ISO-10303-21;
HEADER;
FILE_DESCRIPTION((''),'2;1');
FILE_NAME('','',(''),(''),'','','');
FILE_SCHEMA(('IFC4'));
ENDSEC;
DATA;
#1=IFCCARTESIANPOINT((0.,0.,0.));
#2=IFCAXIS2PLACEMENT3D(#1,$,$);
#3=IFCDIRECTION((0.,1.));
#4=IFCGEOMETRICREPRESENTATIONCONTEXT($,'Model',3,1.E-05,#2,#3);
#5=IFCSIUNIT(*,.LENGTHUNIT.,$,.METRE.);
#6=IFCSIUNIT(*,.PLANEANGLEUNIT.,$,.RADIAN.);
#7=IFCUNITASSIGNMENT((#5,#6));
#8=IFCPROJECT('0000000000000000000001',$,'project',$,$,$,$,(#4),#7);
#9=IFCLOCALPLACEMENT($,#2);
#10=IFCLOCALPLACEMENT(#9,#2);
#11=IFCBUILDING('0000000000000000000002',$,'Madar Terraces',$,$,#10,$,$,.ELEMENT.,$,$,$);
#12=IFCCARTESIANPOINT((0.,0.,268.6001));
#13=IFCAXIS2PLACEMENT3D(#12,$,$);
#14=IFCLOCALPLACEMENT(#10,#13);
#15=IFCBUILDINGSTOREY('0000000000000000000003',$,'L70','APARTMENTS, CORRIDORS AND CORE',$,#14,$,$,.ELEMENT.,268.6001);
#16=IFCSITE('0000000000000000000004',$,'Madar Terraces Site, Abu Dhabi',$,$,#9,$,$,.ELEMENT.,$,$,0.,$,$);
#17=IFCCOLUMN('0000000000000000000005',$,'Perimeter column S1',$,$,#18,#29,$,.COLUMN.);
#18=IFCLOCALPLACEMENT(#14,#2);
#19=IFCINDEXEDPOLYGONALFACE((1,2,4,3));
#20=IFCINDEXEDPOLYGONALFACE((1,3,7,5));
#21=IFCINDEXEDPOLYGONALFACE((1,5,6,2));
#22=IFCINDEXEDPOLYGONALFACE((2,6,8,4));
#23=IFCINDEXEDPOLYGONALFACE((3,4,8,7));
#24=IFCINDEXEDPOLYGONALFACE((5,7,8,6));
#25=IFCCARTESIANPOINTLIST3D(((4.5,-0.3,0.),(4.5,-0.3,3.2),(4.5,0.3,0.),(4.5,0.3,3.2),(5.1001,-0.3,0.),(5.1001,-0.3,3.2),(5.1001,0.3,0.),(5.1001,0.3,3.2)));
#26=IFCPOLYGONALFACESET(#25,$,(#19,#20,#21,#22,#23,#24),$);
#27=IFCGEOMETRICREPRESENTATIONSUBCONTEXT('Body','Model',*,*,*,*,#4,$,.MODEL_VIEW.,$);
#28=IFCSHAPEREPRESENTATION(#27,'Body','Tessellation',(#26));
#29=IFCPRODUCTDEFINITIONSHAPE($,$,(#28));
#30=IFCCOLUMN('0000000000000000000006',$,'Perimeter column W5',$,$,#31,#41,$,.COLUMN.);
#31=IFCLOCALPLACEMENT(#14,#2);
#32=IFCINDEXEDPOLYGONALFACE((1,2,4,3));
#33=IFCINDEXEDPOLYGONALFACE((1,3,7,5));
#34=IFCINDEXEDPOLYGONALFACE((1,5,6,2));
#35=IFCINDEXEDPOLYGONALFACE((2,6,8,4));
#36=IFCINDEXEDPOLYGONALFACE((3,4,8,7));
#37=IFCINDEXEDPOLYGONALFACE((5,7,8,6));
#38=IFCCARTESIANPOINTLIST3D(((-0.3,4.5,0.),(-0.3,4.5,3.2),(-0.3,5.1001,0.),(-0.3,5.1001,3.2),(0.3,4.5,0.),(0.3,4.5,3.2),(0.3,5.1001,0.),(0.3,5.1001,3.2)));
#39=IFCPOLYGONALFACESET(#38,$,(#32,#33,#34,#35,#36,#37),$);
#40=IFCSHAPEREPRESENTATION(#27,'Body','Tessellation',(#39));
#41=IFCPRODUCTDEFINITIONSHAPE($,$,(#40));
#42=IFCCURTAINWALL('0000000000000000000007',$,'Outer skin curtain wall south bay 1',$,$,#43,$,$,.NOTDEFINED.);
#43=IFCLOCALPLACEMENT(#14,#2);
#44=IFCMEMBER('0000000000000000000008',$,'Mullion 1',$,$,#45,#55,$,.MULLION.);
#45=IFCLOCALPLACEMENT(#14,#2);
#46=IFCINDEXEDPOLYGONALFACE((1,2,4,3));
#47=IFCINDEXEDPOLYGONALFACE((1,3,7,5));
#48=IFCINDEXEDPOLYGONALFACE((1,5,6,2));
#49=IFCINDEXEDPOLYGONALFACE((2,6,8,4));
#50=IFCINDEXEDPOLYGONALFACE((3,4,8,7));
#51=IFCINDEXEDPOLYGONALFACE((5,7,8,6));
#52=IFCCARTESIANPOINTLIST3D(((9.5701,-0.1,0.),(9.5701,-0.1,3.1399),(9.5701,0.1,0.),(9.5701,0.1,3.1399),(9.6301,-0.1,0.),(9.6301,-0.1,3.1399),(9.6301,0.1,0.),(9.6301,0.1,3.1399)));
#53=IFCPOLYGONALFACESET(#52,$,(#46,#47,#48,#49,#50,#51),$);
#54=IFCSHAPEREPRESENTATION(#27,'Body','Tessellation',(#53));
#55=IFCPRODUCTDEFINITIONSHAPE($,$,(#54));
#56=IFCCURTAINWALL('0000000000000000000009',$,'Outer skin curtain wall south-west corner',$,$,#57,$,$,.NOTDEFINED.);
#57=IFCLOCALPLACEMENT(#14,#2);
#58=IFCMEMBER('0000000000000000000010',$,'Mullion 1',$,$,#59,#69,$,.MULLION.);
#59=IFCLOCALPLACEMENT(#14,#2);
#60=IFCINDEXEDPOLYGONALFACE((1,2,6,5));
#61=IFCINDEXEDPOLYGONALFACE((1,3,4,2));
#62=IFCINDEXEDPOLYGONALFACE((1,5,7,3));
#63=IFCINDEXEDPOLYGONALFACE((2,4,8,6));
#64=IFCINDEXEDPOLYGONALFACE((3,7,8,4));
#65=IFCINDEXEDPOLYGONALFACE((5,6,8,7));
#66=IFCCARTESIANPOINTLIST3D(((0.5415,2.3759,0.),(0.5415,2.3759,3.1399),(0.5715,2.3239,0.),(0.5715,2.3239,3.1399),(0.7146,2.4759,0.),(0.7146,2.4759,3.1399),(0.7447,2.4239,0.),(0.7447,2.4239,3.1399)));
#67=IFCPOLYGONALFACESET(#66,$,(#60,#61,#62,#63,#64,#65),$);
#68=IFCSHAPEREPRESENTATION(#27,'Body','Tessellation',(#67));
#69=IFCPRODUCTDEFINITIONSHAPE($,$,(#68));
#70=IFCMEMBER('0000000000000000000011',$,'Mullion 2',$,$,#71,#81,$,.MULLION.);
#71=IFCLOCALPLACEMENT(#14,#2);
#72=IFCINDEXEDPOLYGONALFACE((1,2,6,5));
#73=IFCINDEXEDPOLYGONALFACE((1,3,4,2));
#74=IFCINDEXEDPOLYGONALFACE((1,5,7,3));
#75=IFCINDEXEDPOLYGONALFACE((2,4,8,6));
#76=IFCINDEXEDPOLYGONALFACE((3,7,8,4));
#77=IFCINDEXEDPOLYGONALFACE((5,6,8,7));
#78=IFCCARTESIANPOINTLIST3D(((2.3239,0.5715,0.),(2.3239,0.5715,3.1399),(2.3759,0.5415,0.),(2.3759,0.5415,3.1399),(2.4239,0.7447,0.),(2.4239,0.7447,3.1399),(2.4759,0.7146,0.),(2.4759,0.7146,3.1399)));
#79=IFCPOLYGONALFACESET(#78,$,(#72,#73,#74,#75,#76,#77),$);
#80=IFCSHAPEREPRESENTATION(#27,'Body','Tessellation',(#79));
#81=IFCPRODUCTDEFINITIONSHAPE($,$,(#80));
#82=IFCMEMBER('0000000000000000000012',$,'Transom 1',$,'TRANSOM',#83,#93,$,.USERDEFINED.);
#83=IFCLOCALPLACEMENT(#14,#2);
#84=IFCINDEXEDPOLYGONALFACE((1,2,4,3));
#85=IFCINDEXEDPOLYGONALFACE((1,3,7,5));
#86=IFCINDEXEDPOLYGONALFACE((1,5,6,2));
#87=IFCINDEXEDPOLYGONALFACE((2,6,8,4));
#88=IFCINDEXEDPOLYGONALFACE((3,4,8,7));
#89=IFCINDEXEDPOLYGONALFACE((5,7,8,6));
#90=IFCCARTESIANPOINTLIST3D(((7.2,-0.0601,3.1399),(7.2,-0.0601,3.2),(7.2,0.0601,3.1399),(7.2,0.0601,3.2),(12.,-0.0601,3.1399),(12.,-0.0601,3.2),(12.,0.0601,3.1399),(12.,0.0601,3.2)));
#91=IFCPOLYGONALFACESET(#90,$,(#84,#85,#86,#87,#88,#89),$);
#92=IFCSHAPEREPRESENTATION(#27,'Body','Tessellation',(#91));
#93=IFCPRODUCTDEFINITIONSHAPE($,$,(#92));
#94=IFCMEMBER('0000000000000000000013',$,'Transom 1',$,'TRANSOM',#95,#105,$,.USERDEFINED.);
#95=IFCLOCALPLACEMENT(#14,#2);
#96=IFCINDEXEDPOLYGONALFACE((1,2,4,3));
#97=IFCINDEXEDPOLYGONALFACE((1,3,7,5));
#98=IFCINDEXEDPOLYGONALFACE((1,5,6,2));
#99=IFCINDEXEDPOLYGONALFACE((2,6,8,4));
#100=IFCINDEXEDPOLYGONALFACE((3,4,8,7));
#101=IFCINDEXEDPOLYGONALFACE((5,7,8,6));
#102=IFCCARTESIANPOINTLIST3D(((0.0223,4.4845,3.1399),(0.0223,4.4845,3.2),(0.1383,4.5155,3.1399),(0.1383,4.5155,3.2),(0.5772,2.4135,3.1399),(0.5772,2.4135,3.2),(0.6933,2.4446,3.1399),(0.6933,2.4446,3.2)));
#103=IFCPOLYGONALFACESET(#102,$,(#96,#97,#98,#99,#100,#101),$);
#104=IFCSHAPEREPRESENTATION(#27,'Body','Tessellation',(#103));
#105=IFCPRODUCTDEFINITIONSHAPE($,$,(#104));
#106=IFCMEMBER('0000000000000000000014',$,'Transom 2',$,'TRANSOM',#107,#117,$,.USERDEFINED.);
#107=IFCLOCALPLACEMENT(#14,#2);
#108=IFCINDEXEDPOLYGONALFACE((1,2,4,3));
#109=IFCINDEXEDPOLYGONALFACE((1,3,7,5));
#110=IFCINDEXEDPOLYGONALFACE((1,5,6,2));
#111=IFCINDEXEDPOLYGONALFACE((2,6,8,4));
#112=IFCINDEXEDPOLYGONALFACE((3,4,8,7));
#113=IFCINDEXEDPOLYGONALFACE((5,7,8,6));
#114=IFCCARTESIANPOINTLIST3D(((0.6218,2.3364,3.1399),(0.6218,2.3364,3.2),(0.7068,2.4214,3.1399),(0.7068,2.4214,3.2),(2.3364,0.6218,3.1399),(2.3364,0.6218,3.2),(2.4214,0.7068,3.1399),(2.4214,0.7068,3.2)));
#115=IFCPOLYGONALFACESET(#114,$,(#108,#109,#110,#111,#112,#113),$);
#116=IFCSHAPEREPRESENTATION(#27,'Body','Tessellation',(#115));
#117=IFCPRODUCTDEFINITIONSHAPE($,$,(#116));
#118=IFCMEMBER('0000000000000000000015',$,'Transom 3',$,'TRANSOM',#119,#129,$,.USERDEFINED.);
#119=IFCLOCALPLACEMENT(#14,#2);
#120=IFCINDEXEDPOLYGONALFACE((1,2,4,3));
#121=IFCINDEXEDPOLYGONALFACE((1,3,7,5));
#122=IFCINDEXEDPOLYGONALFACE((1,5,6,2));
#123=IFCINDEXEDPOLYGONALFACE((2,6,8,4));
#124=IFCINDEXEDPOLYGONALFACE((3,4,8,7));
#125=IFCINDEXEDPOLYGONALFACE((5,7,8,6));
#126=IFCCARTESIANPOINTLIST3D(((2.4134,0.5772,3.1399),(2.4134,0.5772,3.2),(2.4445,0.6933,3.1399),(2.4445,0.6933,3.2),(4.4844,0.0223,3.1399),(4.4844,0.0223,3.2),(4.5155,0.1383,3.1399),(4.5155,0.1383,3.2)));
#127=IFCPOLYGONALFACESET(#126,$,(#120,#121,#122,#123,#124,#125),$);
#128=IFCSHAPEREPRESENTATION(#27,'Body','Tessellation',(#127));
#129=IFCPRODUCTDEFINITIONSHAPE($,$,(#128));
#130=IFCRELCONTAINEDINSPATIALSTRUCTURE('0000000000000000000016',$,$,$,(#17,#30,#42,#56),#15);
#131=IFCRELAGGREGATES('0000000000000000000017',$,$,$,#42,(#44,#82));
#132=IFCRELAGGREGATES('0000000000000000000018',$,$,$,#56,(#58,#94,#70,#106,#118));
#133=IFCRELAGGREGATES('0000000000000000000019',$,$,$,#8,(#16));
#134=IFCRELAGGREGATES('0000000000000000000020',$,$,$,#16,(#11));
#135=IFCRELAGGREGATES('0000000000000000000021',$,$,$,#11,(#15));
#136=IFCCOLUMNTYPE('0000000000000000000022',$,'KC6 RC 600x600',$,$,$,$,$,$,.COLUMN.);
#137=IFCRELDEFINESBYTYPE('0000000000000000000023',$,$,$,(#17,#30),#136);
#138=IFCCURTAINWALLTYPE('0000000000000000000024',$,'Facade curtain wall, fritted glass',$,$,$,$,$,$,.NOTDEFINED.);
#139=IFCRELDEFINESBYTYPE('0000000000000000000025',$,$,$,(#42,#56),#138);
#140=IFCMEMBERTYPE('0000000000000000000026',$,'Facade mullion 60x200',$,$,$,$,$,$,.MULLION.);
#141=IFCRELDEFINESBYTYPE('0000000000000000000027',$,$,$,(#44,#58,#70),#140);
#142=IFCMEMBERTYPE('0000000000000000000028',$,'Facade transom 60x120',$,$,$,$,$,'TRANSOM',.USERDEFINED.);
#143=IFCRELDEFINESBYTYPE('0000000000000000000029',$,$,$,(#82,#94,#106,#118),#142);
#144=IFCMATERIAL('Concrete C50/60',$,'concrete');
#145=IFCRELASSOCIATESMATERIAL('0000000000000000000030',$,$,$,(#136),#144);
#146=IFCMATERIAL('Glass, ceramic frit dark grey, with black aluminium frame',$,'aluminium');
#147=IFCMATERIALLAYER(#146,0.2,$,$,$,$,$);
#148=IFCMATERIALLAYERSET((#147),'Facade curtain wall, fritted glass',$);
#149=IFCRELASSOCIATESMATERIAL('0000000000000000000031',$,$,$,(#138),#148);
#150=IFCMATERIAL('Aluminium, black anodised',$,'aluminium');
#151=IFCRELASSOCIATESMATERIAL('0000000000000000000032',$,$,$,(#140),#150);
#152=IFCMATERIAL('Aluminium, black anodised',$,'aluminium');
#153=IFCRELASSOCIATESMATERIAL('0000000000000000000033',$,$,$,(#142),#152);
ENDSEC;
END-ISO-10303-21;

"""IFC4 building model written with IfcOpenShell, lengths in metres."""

from ifc_helpers import new_model, si_unit, direction, frame, origin, origin_2d, place, context, subcontext, project, spatial, rectangle, extrude, material, layer, layer_set, material_profile, profile_set, type_object, element, aggregate, save


model = new_model("IFC4")

# Units and contexts
model_context = context("Model", 3, precision=1e-05, world=origin(), true_north=direction((0.0, 1.0)))
body_context = subcontext(model_context, "Body", "Model", "MODEL_VIEW")
ifc_project = project(units=[si_unit("LENGTHUNIT", "METRE"), si_unit("PLANEANGLEUNIT", "RADIAN")], contexts=[model_context])

# Site, building, storey
site_placement = place(None, origin())
site = spatial("IfcSite", under=ifc_project, at=site_placement, Name="Madar Terraces Site, Abu Dhabi", CompositionType="ELEMENT", RefElevation=0.0)
building_placement = place(site_placement, origin())
building = spatial("IfcBuilding", under=site, at=building_placement, Name="Madar Terraces", CompositionType="ELEMENT")
storey_placement = place(building_placement, frame((0.0, 0.0, 268.6001)))
storey = spatial("IfcBuildingStorey", under=building, at=storey_placement, Name="L70", Description="APARTMENTS, CORRIDORS AND CORE", CompositionType="ELEMENT", Elevation=268.6001)

# Columns
ifc_material_1 = material(Name="Concrete C50/60", Category="concrete")
ifc_material_profile_1 = material_profile(ifc_material_1, rectangle(XDim=0.6001, YDim=0.6001, at=origin_2d()), Name="KC6 RC 600x600")
ifc_profile_set_1 = profile_set([ifc_material_profile_1], Name="Concrete C50/60")
column_type = type_object("IfcColumnType", Name="KC6 RC 600x600", PredefinedType="COLUMN", material=ifc_profile_set_1)
for number, where, z_axis, x_axis, name in (
    (1, (4.8, 0.0, 0.0), (0.0, 0.0, 1.0), (1.0, 0.0, 0.0), "Perimeter column S1"),
    (2, (0.0, 4.8, 0.0), (0.0, 0.0, 1.0), (1.0, 0.0, 0.0), "Perimeter column W5"),
):
    element("IfcColumn", number, at=place(storey_placement, frame(where, z_axis=z_axis, x_axis=x_axis)), inside=storey, type_object=column_type, Name=name, PredefinedType="COLUMN", context=body_context, shape_type="SweptSolid", body=[
        extrude(rectangle(XDim=0.6001, YDim=0.6001, at=origin_2d()), origin(), (0.0, 0.0, 1.0), 3.2),
    ])

# Curtain wall, member
ifc_material_2 = material(Name="Glass, ceramic frit dark grey, with black aluminium frame", Category="aluminium")
ifc_layer_1 = layer(ifc_material_2, 0.2)
ifc_layer_set_1 = layer_set([ifc_layer_1], Name="Facade curtain wall, fritted glass")
curtain_wall_type = type_object("IfcCurtainWallType", Name="Facade curtain wall, fritted glass", PredefinedType="NOTDEFINED", material=ifc_layer_set_1)
curtain_wall_1_placement = place(storey_placement, origin())
curtain_wall_1 = element("IfcCurtainWall", 3, at=curtain_wall_1_placement, inside=storey, type_object=curtain_wall_type, Name="Outer skin curtain wall south bay 1", PredefinedType="NOTDEFINED")
ifc_material_3 = material(Name="Aluminium, black anodised", Category="aluminium")
ifc_material_profile_2 = material_profile(ifc_material_3, rectangle(XDim=0.2, YDim=0.0601, at=origin_2d()), Name="Facade mullion 60x200")
ifc_profile_set_2 = profile_set([ifc_material_profile_2], Name="Aluminium, black anodised")
member_type_1 = type_object("IfcMemberType", Name="Facade mullion 60x200", PredefinedType="MULLION", material=ifc_profile_set_2)
member_1_placement = place(storey_placement, frame((9.6001, 0.0, 0.0), z_axis=(0.0, 0.0, 1.0), x_axis=(0.0, 1.0, 0.0)))
member_1 = element("IfcMember", 4, at=member_1_placement, type_object=member_type_1, Name="Mullion 1", PredefinedType="MULLION", context=body_context, shape_type="SweptSolid", body=[
    extrude(rectangle(XDim=0.2, YDim=0.0601, at=origin_2d()), origin(), (0.0, 0.0, 1.0), 3.1399),
])

# Curtain wall, members
curtain_wall_2_placement = place(storey_placement, origin())
curtain_wall_2 = element("IfcCurtainWall", 5, at=curtain_wall_2_placement, inside=storey, type_object=curtain_wall_type, Name="Outer skin curtain wall south-west corner", PredefinedType="NOTDEFINED")
member_2_placement = place(storey_placement, frame((0.6431, 2.3999, 0.0), z_axis=(0.0, 0.0, 1.0), x_axis=(0.866025, 0.5, 0.0)))
member_2 = element("IfcMember", 6, at=member_2_placement, type_object=member_type_1, Name="Mullion 1", PredefinedType="MULLION", context=body_context, shape_type="SweptSolid", body=[
    extrude(rectangle(XDim=0.2, YDim=0.0601, at=origin_2d()), origin(), (0.0, 0.0, 1.0), 3.1399),
])
member_3_placement = place(storey_placement, frame((2.3999, 0.6431, 0.0), z_axis=(0.0, 0.0, 1.0), x_axis=(0.5, 0.866025, 0.0)))
member_3 = element("IfcMember", 7, at=member_3_placement, type_object=member_type_1, Name="Mullion 2", PredefinedType="MULLION", context=body_context, shape_type="SweptSolid", body=[
    extrude(rectangle(XDim=0.2, YDim=0.0601, at=origin_2d()), origin(), (0.0, 0.0, 1.0), 3.1399),
])

# Members
ifc_material_4 = material(Name="Aluminium, black anodised", Category="aluminium")
ifc_material_profile_3 = material_profile(ifc_material_4, rectangle(XDim=0.1201, YDim=0.0601, at=origin_2d()), Name="Facade transom 60x120")
ifc_profile_set_3 = profile_set([ifc_material_profile_3], Name="Aluminium, black anodised")
member_type_2 = type_object("IfcMemberType", Name="Facade transom 60x120", ElementType="TRANSOM", PredefinedType="USERDEFINED", material=ifc_profile_set_3)
member_4_placement = place(storey_placement, frame((7.2, 0.0, 3.1699), z_axis=(1.0, 0.0, 0.0), x_axis=(0.0, 1.0, 0.0)))
member_4 = element("IfcMember", 8, at=member_4_placement, type_object=member_type_2, Name="Transom 1", ObjectType="TRANSOM", PredefinedType="USERDEFINED", context=body_context, shape_type="SweptSolid", body=[
    extrude(rectangle(XDim=0.1201, YDim=0.0601, at=origin_2d()), origin(), (0.0, 0.0, 1.0), 4.8),
])
member_5_placement = place(storey_placement, frame((0.0803, 4.5, 3.1699), z_axis=(0.258818, -0.965926, 0.0), x_axis=(0.965926, 0.258818, 0.0)))
member_5 = element("IfcMember", 9, at=member_5_placement, type_object=member_type_2, Name="Transom 1", ObjectType="TRANSOM", PredefinedType="USERDEFINED", context=body_context, shape_type="SweptSolid", body=[
    extrude(rectangle(XDim=0.1201, YDim=0.0601, at=origin_2d()), origin(), (0.0, 0.0, 1.0), 2.144),
])
member_6_placement = place(storey_placement, frame((0.6643, 2.3789, 3.1699), z_axis=(0.707107, -0.707107, 0.0), x_axis=(0.707107, 0.707107, 0.0)))
member_6 = element("IfcMember", 10, at=member_6_placement, type_object=member_type_2, Name="Transom 2", ObjectType="TRANSOM", PredefinedType="USERDEFINED", context=body_context, shape_type="SweptSolid", body=[
    extrude(rectangle(XDim=0.1201, YDim=0.0601, at=origin_2d()), origin(), (0.0, 0.0, 1.0), 2.4248),
])
member_7_placement = place(storey_placement, frame((2.429, 0.6353, 3.1699), z_axis=(0.965926, -0.258818, 0.0), x_axis=(0.258818, 0.965926, 0.0)))
member_7 = element("IfcMember", 11, at=member_7_placement, type_object=member_type_2, Name="Transom 3", ObjectType="TRANSOM", PredefinedType="USERDEFINED", context=body_context, shape_type="SweptSolid", body=[
    extrude(rectangle(XDim=0.1201, YDim=0.0601, at=origin_2d()), origin(), (0.0, 0.0, 1.0), 2.144),
])

aggregate(curtain_wall_1, [member_1, member_4])
aggregate(curtain_wall_2, [member_2, member_5, member_3, member_6, member_7])

save(model, "model.ifc")
